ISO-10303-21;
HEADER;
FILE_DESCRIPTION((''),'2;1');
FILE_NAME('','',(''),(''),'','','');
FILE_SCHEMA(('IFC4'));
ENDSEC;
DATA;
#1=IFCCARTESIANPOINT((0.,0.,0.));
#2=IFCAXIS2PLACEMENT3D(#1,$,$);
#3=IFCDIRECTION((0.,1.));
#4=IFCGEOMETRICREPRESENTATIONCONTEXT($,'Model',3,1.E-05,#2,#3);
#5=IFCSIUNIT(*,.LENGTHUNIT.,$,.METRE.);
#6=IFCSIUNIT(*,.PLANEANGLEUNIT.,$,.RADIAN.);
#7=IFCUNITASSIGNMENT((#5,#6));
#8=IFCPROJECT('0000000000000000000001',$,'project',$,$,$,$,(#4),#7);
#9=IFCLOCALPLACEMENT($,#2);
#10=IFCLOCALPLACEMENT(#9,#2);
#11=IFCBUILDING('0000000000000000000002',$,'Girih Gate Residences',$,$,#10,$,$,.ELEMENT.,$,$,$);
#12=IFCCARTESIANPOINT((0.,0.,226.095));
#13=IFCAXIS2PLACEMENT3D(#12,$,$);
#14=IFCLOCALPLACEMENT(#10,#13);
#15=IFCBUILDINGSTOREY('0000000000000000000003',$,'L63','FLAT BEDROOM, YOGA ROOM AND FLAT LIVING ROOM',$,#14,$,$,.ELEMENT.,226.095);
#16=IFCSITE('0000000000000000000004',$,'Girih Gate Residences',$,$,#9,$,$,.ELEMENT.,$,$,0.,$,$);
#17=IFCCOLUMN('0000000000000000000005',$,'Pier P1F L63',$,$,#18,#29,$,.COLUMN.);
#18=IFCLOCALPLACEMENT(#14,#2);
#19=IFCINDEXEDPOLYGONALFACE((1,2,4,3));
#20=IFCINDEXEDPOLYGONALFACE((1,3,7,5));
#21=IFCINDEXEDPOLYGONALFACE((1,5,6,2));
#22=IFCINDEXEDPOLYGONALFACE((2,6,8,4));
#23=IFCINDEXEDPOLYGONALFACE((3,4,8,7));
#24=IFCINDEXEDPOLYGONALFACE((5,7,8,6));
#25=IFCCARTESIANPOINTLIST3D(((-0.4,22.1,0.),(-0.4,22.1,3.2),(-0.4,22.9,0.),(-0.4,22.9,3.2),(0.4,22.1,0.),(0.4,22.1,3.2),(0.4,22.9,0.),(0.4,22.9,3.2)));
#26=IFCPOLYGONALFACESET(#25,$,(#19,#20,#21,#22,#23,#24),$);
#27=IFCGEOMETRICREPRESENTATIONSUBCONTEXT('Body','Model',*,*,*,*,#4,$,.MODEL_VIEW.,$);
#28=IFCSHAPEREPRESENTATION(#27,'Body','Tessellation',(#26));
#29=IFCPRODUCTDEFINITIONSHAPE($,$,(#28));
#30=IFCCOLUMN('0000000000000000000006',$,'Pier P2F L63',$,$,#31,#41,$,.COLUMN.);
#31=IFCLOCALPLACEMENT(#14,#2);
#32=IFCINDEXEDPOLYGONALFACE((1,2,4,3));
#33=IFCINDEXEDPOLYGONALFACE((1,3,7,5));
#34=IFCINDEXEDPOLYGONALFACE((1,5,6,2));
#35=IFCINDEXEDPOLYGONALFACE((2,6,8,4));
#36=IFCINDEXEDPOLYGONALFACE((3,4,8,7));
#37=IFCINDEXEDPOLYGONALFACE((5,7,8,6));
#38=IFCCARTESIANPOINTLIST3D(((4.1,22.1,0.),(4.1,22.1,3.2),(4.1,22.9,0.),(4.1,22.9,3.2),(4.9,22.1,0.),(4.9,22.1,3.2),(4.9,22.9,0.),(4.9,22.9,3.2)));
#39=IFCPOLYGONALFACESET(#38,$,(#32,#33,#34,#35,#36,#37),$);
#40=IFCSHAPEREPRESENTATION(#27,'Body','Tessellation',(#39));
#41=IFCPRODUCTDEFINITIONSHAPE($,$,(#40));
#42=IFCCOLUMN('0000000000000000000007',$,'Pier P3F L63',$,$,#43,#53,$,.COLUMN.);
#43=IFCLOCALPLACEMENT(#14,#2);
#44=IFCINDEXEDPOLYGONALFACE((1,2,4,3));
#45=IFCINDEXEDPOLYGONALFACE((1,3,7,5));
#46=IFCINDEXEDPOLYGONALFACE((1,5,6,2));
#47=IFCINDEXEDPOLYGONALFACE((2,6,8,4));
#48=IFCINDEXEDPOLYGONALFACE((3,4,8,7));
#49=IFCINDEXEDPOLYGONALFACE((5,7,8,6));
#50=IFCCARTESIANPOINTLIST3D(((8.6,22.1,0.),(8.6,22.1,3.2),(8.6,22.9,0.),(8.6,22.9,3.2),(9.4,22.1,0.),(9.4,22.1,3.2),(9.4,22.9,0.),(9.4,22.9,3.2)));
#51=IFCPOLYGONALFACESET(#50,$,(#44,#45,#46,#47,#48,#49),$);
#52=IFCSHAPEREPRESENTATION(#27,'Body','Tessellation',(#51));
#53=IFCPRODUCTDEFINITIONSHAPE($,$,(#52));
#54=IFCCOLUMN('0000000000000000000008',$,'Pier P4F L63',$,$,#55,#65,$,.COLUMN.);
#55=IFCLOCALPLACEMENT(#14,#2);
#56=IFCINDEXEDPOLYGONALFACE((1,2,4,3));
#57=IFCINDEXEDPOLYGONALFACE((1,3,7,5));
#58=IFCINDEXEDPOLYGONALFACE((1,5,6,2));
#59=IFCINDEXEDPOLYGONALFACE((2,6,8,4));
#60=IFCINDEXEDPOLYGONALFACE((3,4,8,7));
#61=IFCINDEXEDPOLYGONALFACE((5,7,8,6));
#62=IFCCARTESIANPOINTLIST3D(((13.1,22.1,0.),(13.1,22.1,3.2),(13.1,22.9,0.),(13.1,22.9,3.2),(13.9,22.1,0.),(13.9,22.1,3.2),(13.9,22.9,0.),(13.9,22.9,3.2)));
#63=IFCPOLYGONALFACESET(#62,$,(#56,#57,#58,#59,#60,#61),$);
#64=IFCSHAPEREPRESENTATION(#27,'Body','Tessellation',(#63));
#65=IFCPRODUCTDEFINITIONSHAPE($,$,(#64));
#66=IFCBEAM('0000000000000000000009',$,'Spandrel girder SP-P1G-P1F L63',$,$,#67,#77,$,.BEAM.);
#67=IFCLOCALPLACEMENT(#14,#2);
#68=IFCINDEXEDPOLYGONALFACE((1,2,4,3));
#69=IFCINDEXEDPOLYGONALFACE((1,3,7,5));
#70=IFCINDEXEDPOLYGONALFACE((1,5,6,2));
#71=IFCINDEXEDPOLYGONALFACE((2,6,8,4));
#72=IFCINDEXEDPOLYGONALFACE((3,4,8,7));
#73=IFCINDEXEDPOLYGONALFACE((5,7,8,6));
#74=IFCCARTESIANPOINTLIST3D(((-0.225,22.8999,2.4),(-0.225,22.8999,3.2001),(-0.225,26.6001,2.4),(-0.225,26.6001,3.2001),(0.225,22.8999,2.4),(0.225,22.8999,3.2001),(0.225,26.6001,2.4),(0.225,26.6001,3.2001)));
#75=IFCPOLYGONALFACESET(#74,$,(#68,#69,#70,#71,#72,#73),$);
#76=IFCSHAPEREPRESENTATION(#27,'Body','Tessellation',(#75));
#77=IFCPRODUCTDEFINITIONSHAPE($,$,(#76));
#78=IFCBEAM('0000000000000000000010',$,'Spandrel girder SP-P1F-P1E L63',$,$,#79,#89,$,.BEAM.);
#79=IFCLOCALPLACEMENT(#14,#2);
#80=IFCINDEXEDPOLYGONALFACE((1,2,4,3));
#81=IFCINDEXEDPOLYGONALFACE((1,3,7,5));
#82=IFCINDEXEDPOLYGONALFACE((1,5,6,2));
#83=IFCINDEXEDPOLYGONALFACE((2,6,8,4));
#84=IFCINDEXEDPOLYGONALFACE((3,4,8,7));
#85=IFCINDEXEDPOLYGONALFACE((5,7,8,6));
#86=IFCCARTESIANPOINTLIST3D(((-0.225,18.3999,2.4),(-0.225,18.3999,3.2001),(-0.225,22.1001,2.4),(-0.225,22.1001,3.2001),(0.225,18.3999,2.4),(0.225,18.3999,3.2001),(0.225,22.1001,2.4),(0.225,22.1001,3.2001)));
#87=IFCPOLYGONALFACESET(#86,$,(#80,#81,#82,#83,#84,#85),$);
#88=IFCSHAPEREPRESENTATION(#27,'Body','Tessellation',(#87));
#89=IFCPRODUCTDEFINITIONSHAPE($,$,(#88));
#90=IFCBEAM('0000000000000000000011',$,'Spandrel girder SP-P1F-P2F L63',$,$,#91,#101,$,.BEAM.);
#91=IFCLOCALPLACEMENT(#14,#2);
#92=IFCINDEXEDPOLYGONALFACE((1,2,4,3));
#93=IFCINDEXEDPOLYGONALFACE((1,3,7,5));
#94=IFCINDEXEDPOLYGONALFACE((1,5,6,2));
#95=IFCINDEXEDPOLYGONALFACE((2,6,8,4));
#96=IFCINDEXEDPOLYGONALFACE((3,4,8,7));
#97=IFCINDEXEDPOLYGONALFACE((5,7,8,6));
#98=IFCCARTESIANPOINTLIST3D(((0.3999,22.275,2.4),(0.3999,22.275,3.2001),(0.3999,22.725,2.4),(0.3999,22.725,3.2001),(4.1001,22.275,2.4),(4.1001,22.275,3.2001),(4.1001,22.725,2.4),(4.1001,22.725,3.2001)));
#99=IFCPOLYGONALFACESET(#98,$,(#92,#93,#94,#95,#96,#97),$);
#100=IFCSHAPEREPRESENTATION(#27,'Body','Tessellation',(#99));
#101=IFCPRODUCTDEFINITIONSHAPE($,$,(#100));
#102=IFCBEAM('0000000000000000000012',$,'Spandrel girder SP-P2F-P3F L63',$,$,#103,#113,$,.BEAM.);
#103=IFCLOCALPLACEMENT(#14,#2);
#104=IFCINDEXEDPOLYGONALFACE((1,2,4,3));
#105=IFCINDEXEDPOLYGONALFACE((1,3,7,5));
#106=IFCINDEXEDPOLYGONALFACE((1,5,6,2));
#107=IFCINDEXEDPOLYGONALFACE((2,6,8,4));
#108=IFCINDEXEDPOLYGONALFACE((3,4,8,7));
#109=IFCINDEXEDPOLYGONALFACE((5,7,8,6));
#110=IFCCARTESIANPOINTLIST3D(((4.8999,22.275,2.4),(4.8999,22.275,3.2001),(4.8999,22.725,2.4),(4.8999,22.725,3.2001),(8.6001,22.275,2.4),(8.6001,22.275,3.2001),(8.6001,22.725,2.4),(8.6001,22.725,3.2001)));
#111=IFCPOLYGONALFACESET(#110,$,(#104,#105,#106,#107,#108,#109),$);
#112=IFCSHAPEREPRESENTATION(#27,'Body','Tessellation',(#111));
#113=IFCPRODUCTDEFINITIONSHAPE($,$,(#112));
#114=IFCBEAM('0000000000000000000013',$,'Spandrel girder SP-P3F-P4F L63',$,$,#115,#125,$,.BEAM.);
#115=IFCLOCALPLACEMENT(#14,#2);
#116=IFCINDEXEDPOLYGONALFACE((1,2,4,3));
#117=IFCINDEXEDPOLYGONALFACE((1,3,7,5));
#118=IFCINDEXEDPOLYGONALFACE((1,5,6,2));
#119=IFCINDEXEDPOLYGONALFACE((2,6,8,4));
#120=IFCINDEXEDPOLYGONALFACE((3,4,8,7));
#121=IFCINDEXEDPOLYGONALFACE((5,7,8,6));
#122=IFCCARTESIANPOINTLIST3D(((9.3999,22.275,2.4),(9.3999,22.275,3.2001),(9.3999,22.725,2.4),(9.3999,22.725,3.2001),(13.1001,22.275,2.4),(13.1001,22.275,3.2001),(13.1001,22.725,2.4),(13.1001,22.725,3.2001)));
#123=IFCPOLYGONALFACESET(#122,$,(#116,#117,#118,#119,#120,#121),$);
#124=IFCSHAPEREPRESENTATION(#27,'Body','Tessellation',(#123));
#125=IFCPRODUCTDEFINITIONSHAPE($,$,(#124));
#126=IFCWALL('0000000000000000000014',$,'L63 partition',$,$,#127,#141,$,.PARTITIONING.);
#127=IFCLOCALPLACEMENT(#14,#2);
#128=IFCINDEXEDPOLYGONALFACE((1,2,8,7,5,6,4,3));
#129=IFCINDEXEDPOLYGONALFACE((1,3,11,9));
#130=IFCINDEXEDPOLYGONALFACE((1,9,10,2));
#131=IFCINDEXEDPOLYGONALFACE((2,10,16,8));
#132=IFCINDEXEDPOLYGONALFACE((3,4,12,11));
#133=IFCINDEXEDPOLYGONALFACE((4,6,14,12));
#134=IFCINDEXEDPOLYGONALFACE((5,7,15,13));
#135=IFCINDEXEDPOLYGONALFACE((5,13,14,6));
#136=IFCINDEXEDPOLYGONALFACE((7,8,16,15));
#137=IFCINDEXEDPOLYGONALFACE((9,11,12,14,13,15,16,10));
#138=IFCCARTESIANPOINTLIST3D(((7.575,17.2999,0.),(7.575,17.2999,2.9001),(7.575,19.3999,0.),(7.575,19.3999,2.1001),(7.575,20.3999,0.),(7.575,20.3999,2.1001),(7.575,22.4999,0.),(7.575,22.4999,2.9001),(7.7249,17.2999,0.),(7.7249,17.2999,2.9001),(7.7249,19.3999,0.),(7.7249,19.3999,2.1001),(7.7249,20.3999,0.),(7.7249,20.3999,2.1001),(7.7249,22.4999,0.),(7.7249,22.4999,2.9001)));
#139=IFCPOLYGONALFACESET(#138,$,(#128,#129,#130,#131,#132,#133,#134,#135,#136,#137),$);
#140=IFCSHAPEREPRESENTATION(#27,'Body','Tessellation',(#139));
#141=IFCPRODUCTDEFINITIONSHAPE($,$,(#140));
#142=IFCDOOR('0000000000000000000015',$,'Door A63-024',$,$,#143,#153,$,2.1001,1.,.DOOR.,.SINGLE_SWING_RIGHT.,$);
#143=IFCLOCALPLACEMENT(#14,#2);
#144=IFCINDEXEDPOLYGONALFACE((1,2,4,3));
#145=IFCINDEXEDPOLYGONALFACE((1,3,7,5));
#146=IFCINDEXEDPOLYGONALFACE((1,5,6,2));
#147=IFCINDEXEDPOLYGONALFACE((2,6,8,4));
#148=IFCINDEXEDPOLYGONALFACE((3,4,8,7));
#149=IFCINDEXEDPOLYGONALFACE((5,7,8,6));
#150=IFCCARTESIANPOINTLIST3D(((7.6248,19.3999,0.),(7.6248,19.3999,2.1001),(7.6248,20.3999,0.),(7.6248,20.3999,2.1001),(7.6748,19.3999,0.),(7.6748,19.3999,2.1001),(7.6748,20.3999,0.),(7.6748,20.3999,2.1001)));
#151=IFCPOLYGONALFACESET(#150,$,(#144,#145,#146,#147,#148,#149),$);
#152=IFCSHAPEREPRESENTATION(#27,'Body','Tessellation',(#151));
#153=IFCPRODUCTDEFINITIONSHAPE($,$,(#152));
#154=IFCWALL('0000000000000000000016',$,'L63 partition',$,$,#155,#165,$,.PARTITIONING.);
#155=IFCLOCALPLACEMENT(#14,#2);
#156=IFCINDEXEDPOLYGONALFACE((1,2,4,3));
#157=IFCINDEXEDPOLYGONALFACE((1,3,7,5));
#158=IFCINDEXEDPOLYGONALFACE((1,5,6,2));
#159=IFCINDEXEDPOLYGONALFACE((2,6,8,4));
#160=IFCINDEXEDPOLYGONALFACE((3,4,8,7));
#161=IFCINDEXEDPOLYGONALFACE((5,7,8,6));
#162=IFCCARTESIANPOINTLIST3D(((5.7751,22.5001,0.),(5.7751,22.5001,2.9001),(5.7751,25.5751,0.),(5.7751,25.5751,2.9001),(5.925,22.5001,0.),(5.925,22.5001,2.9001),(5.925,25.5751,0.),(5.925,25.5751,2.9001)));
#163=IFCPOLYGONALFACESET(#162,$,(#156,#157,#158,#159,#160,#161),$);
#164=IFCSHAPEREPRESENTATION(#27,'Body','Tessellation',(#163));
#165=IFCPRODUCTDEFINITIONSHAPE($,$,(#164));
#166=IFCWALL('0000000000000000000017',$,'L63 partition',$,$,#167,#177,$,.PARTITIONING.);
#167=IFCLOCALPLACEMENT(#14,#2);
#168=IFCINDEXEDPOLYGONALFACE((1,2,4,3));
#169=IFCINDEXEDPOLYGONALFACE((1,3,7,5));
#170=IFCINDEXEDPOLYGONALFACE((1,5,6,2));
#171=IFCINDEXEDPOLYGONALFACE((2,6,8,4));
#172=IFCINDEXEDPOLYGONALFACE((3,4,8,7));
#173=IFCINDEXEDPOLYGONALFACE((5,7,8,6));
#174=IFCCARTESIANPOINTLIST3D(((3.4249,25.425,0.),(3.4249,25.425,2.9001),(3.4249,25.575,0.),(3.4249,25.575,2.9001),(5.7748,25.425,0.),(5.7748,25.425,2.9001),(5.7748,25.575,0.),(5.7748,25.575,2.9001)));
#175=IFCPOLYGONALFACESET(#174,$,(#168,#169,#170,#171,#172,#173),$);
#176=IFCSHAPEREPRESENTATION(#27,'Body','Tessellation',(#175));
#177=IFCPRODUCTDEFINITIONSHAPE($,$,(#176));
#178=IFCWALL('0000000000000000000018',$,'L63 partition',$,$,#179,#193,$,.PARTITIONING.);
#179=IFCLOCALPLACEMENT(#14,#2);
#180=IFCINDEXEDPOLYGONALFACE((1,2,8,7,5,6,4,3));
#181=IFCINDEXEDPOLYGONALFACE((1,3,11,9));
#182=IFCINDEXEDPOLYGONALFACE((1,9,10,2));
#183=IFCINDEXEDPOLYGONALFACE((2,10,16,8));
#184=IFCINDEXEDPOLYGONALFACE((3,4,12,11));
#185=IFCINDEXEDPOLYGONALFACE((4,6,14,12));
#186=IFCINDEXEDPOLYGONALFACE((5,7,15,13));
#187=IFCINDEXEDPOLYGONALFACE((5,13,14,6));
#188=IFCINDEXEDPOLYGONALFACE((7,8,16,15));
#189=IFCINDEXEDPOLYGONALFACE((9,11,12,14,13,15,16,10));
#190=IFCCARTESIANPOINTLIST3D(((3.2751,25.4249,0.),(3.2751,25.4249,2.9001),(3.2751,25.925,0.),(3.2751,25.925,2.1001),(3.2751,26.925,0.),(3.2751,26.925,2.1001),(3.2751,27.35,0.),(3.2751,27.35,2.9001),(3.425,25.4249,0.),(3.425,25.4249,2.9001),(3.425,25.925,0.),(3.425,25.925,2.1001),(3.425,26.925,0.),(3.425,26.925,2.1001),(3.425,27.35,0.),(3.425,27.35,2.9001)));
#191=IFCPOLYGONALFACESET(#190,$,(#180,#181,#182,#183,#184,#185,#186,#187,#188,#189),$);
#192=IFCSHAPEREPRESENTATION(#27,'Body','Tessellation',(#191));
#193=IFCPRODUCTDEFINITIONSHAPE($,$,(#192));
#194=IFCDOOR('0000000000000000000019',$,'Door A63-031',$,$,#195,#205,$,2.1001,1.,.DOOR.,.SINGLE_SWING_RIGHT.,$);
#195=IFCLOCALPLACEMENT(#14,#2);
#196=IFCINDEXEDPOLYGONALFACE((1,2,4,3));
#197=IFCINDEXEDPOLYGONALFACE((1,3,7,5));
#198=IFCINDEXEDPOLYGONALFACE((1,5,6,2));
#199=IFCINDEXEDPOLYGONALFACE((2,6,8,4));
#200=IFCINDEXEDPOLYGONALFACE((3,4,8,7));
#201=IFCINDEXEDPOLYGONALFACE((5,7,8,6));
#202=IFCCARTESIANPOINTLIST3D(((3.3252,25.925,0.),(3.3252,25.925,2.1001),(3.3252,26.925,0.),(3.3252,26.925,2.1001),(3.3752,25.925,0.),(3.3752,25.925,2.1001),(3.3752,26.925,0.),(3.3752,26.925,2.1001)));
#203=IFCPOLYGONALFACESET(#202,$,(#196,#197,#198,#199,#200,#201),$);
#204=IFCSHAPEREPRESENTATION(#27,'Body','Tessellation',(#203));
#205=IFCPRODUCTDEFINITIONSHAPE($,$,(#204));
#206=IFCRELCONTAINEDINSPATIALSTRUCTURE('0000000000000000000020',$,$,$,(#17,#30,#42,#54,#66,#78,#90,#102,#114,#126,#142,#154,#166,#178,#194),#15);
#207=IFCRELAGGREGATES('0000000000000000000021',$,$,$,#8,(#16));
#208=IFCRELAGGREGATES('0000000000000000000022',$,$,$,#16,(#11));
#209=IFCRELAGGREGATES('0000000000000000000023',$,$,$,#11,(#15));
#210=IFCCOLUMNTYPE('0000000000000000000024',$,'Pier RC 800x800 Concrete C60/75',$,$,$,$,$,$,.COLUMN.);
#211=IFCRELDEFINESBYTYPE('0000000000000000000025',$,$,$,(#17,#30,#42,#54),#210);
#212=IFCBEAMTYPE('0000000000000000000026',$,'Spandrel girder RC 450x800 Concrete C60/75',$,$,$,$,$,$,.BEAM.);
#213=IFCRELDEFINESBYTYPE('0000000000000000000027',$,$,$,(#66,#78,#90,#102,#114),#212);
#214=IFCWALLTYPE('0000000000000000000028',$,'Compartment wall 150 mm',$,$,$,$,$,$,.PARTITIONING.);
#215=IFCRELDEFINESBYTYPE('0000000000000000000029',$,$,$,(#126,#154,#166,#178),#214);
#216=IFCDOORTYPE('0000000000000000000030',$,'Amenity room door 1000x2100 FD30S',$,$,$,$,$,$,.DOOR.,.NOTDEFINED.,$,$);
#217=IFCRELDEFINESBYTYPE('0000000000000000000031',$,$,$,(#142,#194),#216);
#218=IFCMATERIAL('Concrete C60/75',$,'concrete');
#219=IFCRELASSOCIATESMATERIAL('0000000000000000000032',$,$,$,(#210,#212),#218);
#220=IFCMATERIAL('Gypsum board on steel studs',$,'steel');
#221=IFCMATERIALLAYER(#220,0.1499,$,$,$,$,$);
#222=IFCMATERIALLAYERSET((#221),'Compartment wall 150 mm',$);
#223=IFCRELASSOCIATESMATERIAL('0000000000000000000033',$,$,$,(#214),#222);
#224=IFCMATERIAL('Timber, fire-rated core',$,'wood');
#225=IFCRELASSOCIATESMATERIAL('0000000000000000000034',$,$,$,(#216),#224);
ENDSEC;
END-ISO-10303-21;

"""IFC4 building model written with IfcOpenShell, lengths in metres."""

from ifc_helpers import new_model, si_unit, direction, frame, frame_2d, origin, origin_2d, place, context, subcontext, project, spatial, rectangle, extrude, material, layer, layer_set, material_profile, profile_set, type_object, element, fill, save


model = new_model("IFC4")

# Units and contexts
model_context = context("Model", 3, precision=1e-05, world=origin(), true_north=direction((0.0, 1.0)))
body_context = subcontext(model_context, "Body", "Model", "MODEL_VIEW")
ifc_project = project(units=[si_unit("LENGTHUNIT", "METRE"), si_unit("PLANEANGLEUNIT", "RADIAN")], contexts=[model_context])

# Site, building, storey
site_placement = place(None, origin())
site = spatial("IfcSite", under=ifc_project, at=site_placement, Name="Girih Gate Residences", CompositionType="ELEMENT", RefElevation=0.0)
building_placement = place(site_placement, origin())
building = spatial("IfcBuilding", under=site, at=building_placement, Name="Girih Gate Residences", CompositionType="ELEMENT")
storey_placement = place(building_placement, frame((0.0, 0.0, 226.095)))
storey = spatial("IfcBuildingStorey", under=building, at=storey_placement, Name="L63", Description="FLAT BEDROOM, YOGA ROOM AND FLAT LIVING ROOM", CompositionType="ELEMENT", Elevation=226.095)

# Columns
ifc_material_1 = material(Name="Concrete C60/75", Category="concrete")
ifc_material_profile_1 = material_profile(ifc_material_1, rectangle(XDim=0.8, YDim=0.8, at=origin_2d()))
ifc_profile_set_1 = profile_set([ifc_material_profile_1], Name="Concrete C60/75")
column_type = type_object("IfcColumnType", Name="Pier RC 800x800 Concrete C60/75", PredefinedType="COLUMN", material=ifc_profile_set_1)
for number, where, z_axis, x_axis, name in (
    (1, (0.0, 22.5, 0.0), (0.0, 0.0, 1.0), (1.0, 0.0, 0.0), "Pier P1F L63"),
    (2, (4.5, 22.5, 0.0), (0.0, 0.0, 1.0), (1.0, 0.0, 0.0), "Pier P2F L63"),
    (3, (9.0, 22.5, 0.0), (0.0, 0.0, 1.0), (1.0, 0.0, 0.0), "Pier P3F L63"),
    (4, (13.5, 22.5, 0.0), (0.0, 0.0, 1.0), (1.0, 0.0, 0.0), "Pier P4F L63"),
):
    element("IfcColumn", number, at=place(storey_placement, frame(where, z_axis=z_axis, x_axis=x_axis)), inside=storey, type_object=column_type, Name=name, PredefinedType="COLUMN", context=body_context, shape_type="SweptSolid", body=[
        extrude(rectangle(XDim=0.8, YDim=0.8, at=origin_2d()), origin(), (0.0, 0.0, 1.0), 3.2),
    ])

# Beams
ifc_material_profile_2 = material_profile(ifc_material_1, rectangle(XDim=0.45, YDim=0.8, at=origin_2d()))
ifc_profile_set_2 = profile_set([ifc_material_profile_2], Name="Concrete C60/75")
beam_type = type_object("IfcBeamType", Name="Spandrel girder RC 450x800 Concrete C60/75", PredefinedType="BEAM", material=ifc_profile_set_2)
for number, where, z_axis, x_axis, name in (
    (5, (0.0, 26.6001, 2.8), (0.0, -1.0, 0.0), (1.0, 0.0, 0.0), "Spandrel girder SP-P1G-P1F L63"),
    (6, (0.0, 22.1001, 2.8), (0.0, -1.0, 0.0), (1.0, 0.0, 0.0), "Spandrel girder SP-P1F-P1E L63"),
    (7, (0.3999, 22.5, 2.8), (1.0, 0.0, 0.0), (0.0, 1.0, 0.0), "Spandrel girder SP-P1F-P2F L63"),
    (8, (4.8999, 22.5, 2.8), (1.0, 0.0, 0.0), (0.0, 1.0, 0.0), "Spandrel girder SP-P2F-P3F L63"),
    (9, (9.3999, 22.5, 2.8), (1.0, 0.0, 0.0), (0.0, 1.0, 0.0), "Spandrel girder SP-P3F-P4F L63"),
):
    element("IfcBeam", number, at=place(storey_placement, frame(where, z_axis=z_axis, x_axis=x_axis)), inside=storey, type_object=beam_type, Name=name, PredefinedType="BEAM", context=body_context, shape_type="SweptSolid", body=[
        extrude(rectangle(XDim=0.45, YDim=0.8, at=origin_2d()), origin(), (0.0, 0.0, 1.0), 3.7002),
    ])

# Wall, opening, door
ifc_material_2 = material(Name="Gypsum board on steel studs", Category="steel")
ifc_layer_1 = layer(ifc_material_2, 0.1499)
ifc_layer_set_1 = layer_set([ifc_layer_1], Name="Compartment wall 150 mm")
wall_type_1 = type_object("IfcWallType", Name="Compartment wall 150 mm", PredefinedType="PARTITIONING", material=ifc_layer_set_1)
wall_1_placement = place(storey_placement, frame((7.6499, 22.5, 0.0), z_axis=(0.0, 0.0, 1.0), x_axis=(0.0, -1.0, 0.0)))
wall_1 = element("IfcWall", 10, at=wall_1_placement, inside=storey, type_object=wall_type_1, Name="L63 partition", PredefinedType="PARTITIONING", context=body_context, shape_type="SweptSolid", body=[
    extrude(rectangle(XDim=5.2, YDim=0.1499, at=frame_2d((2.6001, 0.0))), origin(), (0.0, 0.0, 1.0), 2.9001),
])
opening_1_placement = place(wall_1_placement, frame((2.1001, 0.0, 0.0)))
opening_1 = element("IfcOpeningElement", 11, at=opening_1_placement, cuts=wall_1, PredefinedType="OPENING", context=body_context, shape_type="SweptSolid", body=[
    extrude(rectangle(XDim=1.0, YDim=2.1001, at=frame_2d((0.5, 1.05))), frame((0.0, 0.085, 0.0), z_axis=(0.0, -1.0, 0.0), x_axis=(1.0, 0.0, 0.0)), (0.0, 0.0, 1.0), 0.1699),
])
ifc_material_3 = material(Name="Timber, fire-rated core", Category="wood")
door_type = type_object("IfcDoorType", Name="Amenity room door 1000x2100 FD30S", OperationType="NOTDEFINED", PredefinedType="DOOR", material=ifc_material_3)
door_1_placement = place(opening_1_placement, origin())
door_1 = element("IfcDoor", 12, at=door_1_placement, inside=storey, type_object=door_type, Name="Door A63-024", OperationType="SINGLE_SWING_RIGHT", OverallHeight=2.1001, OverallWidth=1.0, PredefinedType="DOOR", context=body_context, shape_type="SweptSolid", body=[
    extrude(rectangle(XDim=1.0, YDim=2.1001, at=frame_2d((0.5, 1.05))), frame((0.0, 0.0249, 0.0), z_axis=(0.0, -1.0, 0.0), x_axis=(1.0, 0.0, 0.0)), (0.0, 0.0, 1.0), 0.05),
])
fill(opening_1, door_1)

# Walls
wall_2_placement = place(storey_placement, frame((5.8501, 22.5, 0.0), z_axis=(0.0, 0.0, 1.0), x_axis=(0.0, 1.0, 0.0)))
element("IfcWall", 13, at=wall_2_placement, inside=storey, type_object=wall_type_1, Name="L63 partition", PredefinedType="PARTITIONING", context=body_context, shape_type="SweptSolid", body=[
    extrude(rectangle(XDim=3.075, YDim=0.1499, at=frame_2d((1.5376, 0.0))), origin(), (0.0, 0.0, 1.0), 2.9001),
])
wall_3_placement = place(storey_placement, frame((3.425, 25.5, 0.0), z_axis=(0.0, 0.0, 1.0), x_axis=(1.0, 0.0, 0.0)))
element("IfcWall", 14, at=wall_3_placement, inside=storey, type_object=wall_type_1, Name="L63 partition", PredefinedType="PARTITIONING", context=body_context, shape_type="SweptSolid", body=[
    extrude(rectangle(XDim=2.3499, YDim=0.1499, at=frame_2d((1.1748, 0.0))), origin(), (0.0, 0.0, 1.0), 2.9001),
])

# Wall, opening, door
wall_4_placement = place(storey_placement, frame((3.3501, 25.425, 0.0), z_axis=(0.0, 0.0, 1.0), x_axis=(0.0, 1.0, 0.0)))
wall_4 = element("IfcWall", 15, at=wall_4_placement, inside=storey, type_object=wall_type_1, Name="L63 partition", PredefinedType="PARTITIONING", context=body_context, shape_type="SweptSolid", body=[
    extrude(rectangle(XDim=1.925, YDim=0.1499, at=frame_2d((0.9624, 0.0))), origin(), (0.0, 0.0, 1.0), 2.9001),
])
opening_2_placement = place(wall_4_placement, frame((0.5, 0.0, 0.0)))
opening_2 = element("IfcOpeningElement", 16, at=opening_2_placement, cuts=wall_4, PredefinedType="OPENING", context=body_context, shape_type="SweptSolid", body=[
    extrude(rectangle(XDim=1.0, YDim=2.1001, at=frame_2d((0.5, 1.05))), frame((0.0, 0.085, 0.0), z_axis=(0.0, -1.0, 0.0), x_axis=(1.0, 0.0, 0.0)), (0.0, 0.0, 1.0), 0.1699),
])
door_2_placement = place(opening_2_placement, origin())
door_2 = element("IfcDoor", 17, at=door_2_placement, inside=storey, type_object=door_type, Name="Door A63-031", OperationType="SINGLE_SWING_RIGHT", OverallHeight=2.1001, OverallWidth=1.0, PredefinedType="DOOR", context=body_context, shape_type="SweptSolid", body=[
    extrude(rectangle(XDim=1.0, YDim=2.1001, at=frame_2d((0.5, 1.05))), frame((0.0, 0.0249, 0.0), z_axis=(0.0, -1.0, 0.0), x_axis=(1.0, 0.0, 0.0)), (0.0, 0.0, 1.0), 0.05),
])
fill(opening_2, door_2)

save(model, "model.ifc")
